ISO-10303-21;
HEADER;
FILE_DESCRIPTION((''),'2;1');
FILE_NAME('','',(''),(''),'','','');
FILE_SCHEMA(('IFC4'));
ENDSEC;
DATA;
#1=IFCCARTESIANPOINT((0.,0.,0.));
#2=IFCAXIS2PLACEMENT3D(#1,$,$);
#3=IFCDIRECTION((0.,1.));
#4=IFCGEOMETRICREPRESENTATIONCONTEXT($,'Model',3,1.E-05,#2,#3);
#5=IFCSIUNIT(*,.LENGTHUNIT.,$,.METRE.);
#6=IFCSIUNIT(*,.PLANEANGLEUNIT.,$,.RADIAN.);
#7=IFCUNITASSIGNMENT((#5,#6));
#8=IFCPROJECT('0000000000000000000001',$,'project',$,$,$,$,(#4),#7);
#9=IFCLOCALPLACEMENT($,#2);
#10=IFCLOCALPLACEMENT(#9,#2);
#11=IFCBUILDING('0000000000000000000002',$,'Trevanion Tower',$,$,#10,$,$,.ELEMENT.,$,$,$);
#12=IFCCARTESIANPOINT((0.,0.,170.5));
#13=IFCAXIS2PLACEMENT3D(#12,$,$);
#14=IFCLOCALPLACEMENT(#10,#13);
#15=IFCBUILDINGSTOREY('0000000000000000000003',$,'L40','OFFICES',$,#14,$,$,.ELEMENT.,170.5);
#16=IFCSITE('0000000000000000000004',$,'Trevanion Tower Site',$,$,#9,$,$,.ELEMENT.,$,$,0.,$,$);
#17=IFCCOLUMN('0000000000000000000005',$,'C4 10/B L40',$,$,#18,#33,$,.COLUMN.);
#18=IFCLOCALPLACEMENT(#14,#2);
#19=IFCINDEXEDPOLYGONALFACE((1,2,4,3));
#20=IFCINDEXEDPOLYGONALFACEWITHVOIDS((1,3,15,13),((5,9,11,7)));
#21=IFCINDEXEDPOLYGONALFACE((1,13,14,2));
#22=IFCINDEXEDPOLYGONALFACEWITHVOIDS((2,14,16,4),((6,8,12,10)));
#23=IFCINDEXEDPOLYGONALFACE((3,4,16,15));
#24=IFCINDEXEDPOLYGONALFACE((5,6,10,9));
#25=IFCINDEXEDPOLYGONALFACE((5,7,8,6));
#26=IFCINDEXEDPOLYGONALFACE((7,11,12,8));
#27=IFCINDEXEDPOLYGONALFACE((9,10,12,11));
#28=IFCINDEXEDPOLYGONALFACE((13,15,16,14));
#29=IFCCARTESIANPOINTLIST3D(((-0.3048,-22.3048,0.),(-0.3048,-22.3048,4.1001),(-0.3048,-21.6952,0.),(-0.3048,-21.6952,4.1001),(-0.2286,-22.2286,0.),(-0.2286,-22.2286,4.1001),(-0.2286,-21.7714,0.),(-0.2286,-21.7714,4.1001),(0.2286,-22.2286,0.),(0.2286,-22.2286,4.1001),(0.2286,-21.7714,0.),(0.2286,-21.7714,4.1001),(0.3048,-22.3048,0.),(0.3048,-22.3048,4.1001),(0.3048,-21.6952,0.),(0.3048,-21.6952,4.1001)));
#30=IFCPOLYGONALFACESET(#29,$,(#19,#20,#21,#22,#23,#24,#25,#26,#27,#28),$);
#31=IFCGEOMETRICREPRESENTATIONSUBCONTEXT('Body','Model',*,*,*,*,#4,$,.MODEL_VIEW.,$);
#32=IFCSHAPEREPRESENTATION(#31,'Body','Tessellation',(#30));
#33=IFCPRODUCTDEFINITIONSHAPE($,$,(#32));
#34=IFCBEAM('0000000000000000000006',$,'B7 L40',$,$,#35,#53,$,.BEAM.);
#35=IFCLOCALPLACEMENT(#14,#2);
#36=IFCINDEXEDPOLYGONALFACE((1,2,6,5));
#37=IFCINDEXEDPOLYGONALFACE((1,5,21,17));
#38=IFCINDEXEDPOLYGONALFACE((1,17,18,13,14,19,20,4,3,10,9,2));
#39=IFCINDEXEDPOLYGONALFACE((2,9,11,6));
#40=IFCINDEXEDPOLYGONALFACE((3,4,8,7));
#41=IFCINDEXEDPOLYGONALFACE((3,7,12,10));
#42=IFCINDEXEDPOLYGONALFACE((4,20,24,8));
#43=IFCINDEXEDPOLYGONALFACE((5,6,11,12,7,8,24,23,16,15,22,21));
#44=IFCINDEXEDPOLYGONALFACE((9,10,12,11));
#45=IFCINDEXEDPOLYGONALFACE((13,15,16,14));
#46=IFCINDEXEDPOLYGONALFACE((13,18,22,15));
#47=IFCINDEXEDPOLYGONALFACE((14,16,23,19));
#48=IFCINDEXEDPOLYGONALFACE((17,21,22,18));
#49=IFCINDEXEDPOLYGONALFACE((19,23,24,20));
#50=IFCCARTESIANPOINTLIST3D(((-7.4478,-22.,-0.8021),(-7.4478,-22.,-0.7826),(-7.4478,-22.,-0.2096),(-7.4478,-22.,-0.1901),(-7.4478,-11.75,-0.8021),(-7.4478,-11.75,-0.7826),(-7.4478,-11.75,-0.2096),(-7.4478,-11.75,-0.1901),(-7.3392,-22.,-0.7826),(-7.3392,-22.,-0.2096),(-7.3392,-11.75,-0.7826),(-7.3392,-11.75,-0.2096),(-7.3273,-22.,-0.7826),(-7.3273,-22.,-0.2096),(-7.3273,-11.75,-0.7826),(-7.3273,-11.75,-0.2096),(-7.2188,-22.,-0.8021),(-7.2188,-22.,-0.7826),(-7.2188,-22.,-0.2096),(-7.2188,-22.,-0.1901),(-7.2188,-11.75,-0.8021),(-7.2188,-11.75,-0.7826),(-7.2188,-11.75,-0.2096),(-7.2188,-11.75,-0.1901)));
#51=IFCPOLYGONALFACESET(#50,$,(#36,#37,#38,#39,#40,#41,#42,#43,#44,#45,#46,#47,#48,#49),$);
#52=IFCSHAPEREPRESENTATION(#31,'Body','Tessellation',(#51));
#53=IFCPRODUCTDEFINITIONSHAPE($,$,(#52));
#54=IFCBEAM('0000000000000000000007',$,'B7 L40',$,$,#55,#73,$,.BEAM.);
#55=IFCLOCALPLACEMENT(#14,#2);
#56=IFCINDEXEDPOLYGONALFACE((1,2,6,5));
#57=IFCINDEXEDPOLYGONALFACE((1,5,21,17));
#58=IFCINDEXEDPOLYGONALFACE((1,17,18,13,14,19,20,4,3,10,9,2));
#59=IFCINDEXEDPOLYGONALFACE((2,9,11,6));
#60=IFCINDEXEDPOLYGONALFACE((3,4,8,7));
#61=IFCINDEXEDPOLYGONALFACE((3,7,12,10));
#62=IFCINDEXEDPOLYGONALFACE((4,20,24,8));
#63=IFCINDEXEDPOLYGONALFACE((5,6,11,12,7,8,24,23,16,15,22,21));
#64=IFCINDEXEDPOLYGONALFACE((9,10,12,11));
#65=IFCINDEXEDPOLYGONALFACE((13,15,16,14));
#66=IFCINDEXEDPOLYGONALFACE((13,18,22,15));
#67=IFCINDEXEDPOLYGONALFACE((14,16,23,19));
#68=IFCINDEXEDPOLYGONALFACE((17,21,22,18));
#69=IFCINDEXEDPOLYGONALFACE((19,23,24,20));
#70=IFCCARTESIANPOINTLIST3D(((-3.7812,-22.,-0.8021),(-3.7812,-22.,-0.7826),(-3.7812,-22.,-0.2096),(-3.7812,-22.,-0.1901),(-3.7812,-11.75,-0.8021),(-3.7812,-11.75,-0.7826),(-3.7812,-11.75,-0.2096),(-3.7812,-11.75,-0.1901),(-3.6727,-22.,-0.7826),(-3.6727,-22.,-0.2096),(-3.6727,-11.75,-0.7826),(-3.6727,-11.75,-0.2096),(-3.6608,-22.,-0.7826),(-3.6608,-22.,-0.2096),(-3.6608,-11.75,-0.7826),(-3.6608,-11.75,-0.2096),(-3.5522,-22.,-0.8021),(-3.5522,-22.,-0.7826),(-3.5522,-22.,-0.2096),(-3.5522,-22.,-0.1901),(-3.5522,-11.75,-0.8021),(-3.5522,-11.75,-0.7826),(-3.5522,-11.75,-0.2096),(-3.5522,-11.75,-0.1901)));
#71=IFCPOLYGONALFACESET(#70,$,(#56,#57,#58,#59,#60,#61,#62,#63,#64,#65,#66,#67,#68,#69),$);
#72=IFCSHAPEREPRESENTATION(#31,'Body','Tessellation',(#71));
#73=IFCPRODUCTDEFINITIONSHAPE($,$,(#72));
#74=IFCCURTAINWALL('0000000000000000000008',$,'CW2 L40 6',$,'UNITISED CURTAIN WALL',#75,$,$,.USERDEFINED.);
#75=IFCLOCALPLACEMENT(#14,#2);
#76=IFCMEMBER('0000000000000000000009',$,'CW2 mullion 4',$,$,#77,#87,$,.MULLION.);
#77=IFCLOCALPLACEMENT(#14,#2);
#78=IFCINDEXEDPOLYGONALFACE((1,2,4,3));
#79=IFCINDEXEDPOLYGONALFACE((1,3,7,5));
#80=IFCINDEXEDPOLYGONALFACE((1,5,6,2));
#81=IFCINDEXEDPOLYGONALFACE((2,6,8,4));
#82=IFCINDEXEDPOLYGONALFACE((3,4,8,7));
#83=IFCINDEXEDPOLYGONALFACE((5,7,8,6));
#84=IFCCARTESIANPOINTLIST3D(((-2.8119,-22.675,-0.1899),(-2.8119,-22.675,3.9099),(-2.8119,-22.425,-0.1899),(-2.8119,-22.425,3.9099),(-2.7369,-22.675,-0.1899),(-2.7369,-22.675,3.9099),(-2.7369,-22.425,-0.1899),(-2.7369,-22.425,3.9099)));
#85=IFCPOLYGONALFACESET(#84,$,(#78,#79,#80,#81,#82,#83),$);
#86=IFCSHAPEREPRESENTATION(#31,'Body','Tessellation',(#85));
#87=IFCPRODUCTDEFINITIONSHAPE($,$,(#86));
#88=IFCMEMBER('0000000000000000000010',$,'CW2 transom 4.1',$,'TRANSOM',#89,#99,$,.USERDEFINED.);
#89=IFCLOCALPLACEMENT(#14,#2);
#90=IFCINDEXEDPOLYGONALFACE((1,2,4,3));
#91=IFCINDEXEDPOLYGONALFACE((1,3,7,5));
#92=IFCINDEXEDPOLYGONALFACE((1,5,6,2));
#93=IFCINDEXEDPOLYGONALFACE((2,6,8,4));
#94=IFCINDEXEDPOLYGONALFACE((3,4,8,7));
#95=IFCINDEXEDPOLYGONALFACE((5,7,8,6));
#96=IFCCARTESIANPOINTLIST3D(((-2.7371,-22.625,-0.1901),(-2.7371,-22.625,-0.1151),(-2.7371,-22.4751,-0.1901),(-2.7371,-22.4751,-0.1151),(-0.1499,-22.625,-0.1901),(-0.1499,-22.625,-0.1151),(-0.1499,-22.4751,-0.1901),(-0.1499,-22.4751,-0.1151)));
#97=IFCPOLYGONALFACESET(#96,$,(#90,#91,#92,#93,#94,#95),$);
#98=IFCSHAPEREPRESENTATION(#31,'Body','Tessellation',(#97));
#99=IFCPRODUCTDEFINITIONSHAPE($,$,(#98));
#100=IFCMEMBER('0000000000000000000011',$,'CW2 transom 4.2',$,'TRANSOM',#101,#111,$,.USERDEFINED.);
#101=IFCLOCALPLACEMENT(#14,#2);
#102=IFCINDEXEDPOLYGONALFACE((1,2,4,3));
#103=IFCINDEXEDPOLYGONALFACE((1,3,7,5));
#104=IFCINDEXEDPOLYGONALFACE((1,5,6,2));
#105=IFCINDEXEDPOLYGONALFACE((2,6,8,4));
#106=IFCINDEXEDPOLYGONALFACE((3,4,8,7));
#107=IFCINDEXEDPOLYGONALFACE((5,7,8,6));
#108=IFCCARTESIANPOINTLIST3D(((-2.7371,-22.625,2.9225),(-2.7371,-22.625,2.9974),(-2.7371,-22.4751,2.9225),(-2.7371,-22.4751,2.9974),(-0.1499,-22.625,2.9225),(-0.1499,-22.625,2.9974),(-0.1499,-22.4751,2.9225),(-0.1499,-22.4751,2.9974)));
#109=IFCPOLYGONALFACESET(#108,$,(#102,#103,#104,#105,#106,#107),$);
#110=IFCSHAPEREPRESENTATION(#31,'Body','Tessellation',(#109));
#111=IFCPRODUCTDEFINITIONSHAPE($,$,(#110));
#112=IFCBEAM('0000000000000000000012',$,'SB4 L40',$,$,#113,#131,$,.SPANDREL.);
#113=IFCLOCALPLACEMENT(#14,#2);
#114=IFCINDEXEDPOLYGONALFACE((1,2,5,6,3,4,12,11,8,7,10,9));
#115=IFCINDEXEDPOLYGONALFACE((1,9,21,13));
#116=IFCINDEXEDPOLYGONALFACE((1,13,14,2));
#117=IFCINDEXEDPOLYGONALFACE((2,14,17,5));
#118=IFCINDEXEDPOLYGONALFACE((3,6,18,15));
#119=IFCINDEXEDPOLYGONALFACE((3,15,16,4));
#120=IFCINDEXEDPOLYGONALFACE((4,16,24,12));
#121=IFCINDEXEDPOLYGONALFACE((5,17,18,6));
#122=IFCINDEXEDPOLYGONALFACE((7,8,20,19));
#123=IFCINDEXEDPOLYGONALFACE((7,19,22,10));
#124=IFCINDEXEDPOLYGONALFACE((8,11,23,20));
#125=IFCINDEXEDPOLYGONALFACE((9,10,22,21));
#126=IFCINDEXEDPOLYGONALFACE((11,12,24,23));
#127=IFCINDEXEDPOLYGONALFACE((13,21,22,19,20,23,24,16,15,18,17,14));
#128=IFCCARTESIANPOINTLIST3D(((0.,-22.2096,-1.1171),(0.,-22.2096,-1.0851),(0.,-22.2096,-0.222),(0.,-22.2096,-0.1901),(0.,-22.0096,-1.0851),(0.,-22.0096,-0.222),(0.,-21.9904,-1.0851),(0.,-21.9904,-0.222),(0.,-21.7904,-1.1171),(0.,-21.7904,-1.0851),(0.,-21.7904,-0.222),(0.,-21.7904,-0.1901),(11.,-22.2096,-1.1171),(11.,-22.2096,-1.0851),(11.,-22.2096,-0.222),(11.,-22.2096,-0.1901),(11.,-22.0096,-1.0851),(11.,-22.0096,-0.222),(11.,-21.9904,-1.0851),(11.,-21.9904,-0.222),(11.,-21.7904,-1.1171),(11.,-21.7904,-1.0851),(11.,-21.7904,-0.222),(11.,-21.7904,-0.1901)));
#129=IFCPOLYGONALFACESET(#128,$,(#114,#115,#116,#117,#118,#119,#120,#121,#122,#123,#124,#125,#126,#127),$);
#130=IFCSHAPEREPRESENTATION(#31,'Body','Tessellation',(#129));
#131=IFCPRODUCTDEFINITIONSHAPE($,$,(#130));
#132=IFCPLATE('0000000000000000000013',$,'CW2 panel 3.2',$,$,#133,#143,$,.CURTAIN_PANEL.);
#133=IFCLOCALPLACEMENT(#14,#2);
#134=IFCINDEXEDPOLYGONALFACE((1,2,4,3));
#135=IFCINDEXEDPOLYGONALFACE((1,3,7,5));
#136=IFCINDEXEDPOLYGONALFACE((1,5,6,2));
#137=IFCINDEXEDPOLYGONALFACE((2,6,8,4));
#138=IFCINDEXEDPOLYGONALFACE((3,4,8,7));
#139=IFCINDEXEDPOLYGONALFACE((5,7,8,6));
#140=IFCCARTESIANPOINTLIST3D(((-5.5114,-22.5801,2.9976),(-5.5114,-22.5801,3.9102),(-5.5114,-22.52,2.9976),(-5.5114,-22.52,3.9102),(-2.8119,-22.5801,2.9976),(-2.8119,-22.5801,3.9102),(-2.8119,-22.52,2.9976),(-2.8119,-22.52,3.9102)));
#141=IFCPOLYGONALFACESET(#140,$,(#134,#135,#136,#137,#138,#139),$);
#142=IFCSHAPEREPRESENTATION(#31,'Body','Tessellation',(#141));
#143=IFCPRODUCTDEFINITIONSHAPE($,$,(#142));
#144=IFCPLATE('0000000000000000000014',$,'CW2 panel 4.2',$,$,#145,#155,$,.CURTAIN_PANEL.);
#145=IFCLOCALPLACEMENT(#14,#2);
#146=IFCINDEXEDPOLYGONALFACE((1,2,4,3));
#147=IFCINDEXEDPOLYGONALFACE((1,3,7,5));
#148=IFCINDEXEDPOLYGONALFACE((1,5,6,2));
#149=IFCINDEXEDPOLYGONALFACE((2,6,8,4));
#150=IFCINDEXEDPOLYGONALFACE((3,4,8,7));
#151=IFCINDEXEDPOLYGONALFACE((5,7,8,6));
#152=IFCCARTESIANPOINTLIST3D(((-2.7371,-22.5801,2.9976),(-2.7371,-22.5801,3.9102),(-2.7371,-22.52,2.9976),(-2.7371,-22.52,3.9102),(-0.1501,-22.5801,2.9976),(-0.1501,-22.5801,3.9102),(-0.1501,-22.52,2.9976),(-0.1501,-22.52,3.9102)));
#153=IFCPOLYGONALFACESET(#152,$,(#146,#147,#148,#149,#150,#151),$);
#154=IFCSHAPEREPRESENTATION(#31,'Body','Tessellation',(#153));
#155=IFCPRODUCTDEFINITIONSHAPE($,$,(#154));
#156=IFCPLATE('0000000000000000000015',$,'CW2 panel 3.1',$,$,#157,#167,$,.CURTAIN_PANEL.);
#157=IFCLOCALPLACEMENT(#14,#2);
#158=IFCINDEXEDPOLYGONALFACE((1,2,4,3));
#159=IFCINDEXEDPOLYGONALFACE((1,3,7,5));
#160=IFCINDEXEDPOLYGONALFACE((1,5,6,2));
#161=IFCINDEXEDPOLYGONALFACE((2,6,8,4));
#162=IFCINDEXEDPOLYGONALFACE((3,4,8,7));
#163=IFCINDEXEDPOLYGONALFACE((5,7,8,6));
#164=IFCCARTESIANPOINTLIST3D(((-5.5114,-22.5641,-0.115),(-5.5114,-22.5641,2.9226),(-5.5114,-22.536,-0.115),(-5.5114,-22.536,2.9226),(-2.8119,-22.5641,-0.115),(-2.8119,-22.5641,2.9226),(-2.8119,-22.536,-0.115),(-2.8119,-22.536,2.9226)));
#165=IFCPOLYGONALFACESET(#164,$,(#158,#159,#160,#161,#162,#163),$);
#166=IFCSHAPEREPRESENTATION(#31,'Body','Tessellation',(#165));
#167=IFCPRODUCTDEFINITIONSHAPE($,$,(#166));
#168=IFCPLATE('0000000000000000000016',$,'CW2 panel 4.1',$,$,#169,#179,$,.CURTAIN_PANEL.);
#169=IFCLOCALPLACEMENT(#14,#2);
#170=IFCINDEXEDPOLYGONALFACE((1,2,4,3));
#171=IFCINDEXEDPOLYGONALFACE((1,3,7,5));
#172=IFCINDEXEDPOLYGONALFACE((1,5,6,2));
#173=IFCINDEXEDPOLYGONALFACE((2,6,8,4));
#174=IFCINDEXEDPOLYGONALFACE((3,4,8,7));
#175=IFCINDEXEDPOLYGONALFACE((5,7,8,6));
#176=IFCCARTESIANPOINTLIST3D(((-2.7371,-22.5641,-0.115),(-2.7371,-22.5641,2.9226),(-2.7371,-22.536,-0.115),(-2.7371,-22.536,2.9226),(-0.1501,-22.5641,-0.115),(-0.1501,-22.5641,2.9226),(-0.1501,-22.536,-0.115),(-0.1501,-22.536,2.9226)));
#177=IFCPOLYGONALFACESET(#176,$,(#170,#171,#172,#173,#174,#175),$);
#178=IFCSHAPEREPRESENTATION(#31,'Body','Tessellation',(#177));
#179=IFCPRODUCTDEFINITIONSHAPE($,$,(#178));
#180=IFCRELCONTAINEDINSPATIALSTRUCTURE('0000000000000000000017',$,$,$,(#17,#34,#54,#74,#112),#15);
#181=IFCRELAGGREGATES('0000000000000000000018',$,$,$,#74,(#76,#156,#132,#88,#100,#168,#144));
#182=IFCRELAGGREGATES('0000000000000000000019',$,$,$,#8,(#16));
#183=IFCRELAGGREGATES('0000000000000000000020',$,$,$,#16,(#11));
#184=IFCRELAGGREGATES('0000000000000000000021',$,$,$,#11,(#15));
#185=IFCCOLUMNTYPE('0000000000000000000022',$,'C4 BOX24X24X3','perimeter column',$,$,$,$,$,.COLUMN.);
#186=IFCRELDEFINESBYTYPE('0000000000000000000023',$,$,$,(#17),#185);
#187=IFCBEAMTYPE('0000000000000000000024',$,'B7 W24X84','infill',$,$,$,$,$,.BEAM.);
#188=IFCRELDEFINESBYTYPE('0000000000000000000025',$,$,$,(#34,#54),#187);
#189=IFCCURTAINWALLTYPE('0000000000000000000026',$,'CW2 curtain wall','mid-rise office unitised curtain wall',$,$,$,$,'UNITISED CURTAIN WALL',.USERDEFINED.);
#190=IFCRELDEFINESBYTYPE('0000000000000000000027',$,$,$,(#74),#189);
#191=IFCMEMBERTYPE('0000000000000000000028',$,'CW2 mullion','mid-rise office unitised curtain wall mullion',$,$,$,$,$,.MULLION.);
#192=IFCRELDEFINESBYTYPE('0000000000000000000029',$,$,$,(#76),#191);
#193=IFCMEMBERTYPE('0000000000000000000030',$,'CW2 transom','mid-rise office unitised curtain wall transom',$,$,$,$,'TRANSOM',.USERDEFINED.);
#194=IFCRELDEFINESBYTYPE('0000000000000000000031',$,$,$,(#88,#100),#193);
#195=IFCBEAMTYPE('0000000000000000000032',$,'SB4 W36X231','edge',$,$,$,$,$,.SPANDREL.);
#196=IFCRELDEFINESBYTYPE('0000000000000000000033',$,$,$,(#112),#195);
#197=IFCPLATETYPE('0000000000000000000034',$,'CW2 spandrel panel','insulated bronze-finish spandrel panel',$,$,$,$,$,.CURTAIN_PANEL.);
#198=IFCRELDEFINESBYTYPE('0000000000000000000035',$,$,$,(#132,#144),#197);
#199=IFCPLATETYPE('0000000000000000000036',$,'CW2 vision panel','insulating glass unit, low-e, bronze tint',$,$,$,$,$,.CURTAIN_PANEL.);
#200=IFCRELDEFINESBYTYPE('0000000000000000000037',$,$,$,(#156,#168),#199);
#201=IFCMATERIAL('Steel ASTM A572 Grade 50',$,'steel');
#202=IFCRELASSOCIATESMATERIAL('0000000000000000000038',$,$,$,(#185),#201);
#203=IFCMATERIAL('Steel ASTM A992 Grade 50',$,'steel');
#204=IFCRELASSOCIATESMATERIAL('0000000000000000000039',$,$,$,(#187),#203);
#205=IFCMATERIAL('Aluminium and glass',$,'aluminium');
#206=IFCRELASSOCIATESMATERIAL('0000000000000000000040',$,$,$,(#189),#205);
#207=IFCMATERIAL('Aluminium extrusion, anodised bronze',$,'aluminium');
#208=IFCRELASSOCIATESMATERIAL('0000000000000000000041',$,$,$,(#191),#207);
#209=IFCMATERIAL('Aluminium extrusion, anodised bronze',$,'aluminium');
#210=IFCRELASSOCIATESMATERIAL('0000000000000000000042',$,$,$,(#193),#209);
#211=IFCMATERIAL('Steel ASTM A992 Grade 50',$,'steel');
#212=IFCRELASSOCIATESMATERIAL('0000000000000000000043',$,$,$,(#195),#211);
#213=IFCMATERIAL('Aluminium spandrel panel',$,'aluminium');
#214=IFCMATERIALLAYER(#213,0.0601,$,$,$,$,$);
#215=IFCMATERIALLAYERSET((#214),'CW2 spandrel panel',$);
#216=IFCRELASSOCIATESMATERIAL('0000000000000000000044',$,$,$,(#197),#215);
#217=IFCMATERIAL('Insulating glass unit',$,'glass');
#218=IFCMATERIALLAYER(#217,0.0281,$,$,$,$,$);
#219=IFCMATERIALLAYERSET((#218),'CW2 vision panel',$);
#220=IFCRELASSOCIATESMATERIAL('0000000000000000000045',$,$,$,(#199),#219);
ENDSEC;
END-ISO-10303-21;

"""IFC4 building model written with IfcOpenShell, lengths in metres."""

from ifc_helpers import new_model, si_unit, direction, frame, origin, origin_2d, place, context, subcontext, project, spatial, rectangle, hollow_rectangle, i_section, extrude, material, layer, layer_set, material_profile, profile_set, type_object, element, aggregate, save


model = new_model("IFC4")

# Units and contexts
model_context = context("Model", 3, precision=1e-05, world=origin(), true_north=direction((0.0, 1.0)))
body_context = subcontext(model_context, "Body", "Model", "MODEL_VIEW")
ifc_project = project(units=[si_unit("LENGTHUNIT", "METRE"), si_unit("PLANEANGLEUNIT", "RADIAN")], contexts=[model_context])

# Site, building, storey
site_placement = place(None, origin())
site = spatial("IfcSite", under=ifc_project, at=site_placement, Name="Trevanion Tower Site", CompositionType="ELEMENT", RefElevation=0.0)
building_placement = place(site_placement, origin())
building = spatial("IfcBuilding", under=site, at=building_placement, Name="Trevanion Tower", CompositionType="ELEMENT")
storey_placement = place(building_placement, frame((0.0, 0.0, 170.5)))
storey = spatial("IfcBuildingStorey", under=building, at=storey_placement, Name="L40", Description="OFFICES", CompositionType="ELEMENT", Elevation=170.5)

# Column
ifc_material_1 = material(Name="Steel ASTM A572 Grade 50", Category="steel")
ifc_material_profile_1 = material_profile(ifc_material_1, hollow_rectangle(XDim=0.6096, YDim=0.6096, WallThickness=0.0762, at=origin_2d()), Name="BOX24X24X3")
ifc_profile_set_1 = profile_set([ifc_material_profile_1], Name="Steel ASTM A572 Grade 50")
column_type = type_object("IfcColumnType", Name="C4 BOX24X24X3", Description="perimeter column", PredefinedType="COLUMN", material=ifc_profile_set_1)
column_placement = place(storey_placement, frame((0.0, -22.0, 0.0), z_axis=(0.0, 0.0, 1.0), x_axis=(1.0, 0.0, 0.0)))
element("IfcColumn", 1, at=column_placement, inside=storey, type_object=column_type, Name="C4 10/B L40", PredefinedType="COLUMN", context=body_context, shape_type="SweptSolid", body=[
    extrude(hollow_rectangle(XDim=0.6096, YDim=0.6096, WallThickness=0.0762, at=origin_2d()), origin(), (0.0, 0.0, 1.0), 4.1001),
])

# Beams
ifc_material_2 = material(Name="Steel ASTM A992 Grade 50", Category="steel")
ifc_material_profile_2 = material_profile(ifc_material_2, i_section(OverallWidth=0.229, OverallDepth=0.6121, WebThickness=0.012, FlangeThickness=0.0195, at=origin_2d()), Name="W24X84")
ifc_profile_set_2 = profile_set([ifc_material_profile_2], Name="Steel ASTM A992 Grade 50")
beam_type_1 = type_object("IfcBeamType", Name="B7 W24X84", Description="infill", PredefinedType="BEAM", material=ifc_profile_set_2)
for number, where, z_axis, x_axis, name in (
    (2, (-7.3333, -11.75, -0.4961), (0.0, -1.0, 0.0), (1.0, 0.0, 0.0), "B7 L40"),
    (3, (-3.6667, -11.75, -0.4961), (0.0, -1.0, 0.0), (1.0, 0.0, 0.0), "B7 L40"),
):
    element("IfcBeam", number, at=place(storey_placement, frame(where, z_axis=z_axis, x_axis=x_axis)), inside=storey, type_object=beam_type_1, Name=name, PredefinedType="BEAM", context=body_context, shape_type="SweptSolid", body=[
        extrude(i_section(OverallWidth=0.229, OverallDepth=0.6121, WebThickness=0.012, FlangeThickness=0.0195, at=origin_2d()), origin(), (0.0, 0.0, 1.0), 10.25),
    ])

# Curtain wall, members
ifc_material_3 = material(Name="Aluminium and glass", Category="aluminium")
curtain_wall_type = type_object("IfcCurtainWallType", Name="CW2 curtain wall", Description="mid-rise office unitised curtain wall", ElementType="UNITISED CURTAIN WALL", PredefinedType="USERDEFINED", material=ifc_material_3)
curtain_wall_placement = place(storey_placement, origin())
curtain_wall = element("IfcCurtainWall", 4, at=curtain_wall_placement, inside=storey, type_object=curtain_wall_type, Name="CW2 L40 6", ObjectType="UNITISED CURTAIN WALL", PredefinedType="USERDEFINED")
ifc_material_4 = material(Name="Aluminium extrusion, anodised bronze", Category="aluminium")
ifc_material_profile_3 = material_profile(ifc_material_4, rectangle(XDim=0.075, YDim=0.25, at=origin_2d()), Name="CW2 mullion")
ifc_profile_set_3 = profile_set([ifc_material_profile_3], Name="Aluminium extrusion, anodised bronze")
member_type_1 = type_object("IfcMemberType", Name="CW2 mullion", Description="mid-rise office unitised curtain wall mullion", PredefinedType="MULLION", material=ifc_profile_set_3)
member_1_placement = place(storey_placement, frame((-2.7744, -22.55, -0.1899), z_axis=(0.0, 0.0, 1.0), x_axis=(1.0, 0.0, 0.0)))
member_1 = element("IfcMember", 5, at=member_1_placement, type_object=member_type_1, Name="CW2 mullion 4", PredefinedType="MULLION", context=body_context, shape_type="SweptSolid", body=[
    extrude(rectangle(XDim=0.075, YDim=0.25, at=origin_2d()), origin(), (0.0, 0.0, 1.0), 4.0999),
])
ifc_material_5 = material(Name="Aluminium extrusion, anodised bronze", Category="aluminium")
ifc_material_profile_4 = material_profile(ifc_material_5, rectangle(XDim=0.1499, YDim=0.075, at=origin_2d()), Name="CW2 transom")
ifc_profile_set_4 = profile_set([ifc_material_profile_4], Name="Aluminium extrusion, anodised bronze")
member_type_2 = type_object("IfcMemberType", Name="CW2 transom", Description="mid-rise office unitised curtain wall transom", ElementType="TRANSOM", PredefinedType="USERDEFINED", material=ifc_profile_set_4)
member_2_placement = place(storey_placement, frame((-2.7371, -22.55, -0.1526), z_axis=(1.0, 0.0, 0.0), x_axis=(0.0, 1.0, 0.0)))
member_2 = element("IfcMember", 6, at=member_2_placement, type_object=member_type_2, Name="CW2 transom 4.1", ObjectType="TRANSOM", PredefinedType="USERDEFINED", context=body_context, shape_type="SweptSolid", body=[
    extrude(rectangle(XDim=0.1499, YDim=0.075, at=origin_2d()), origin(), (0.0, 0.0, 1.0), 2.5872),
])
member_3_placement = place(storey_placement, frame((-2.7371, -22.55, 2.96), z_axis=(1.0, 0.0, 0.0), x_axis=(0.0, 1.0, 0.0)))
member_3 = element("IfcMember", 7, at=member_3_placement, type_object=member_type_2, Name="CW2 transom 4.2", ObjectType="TRANSOM", PredefinedType="USERDEFINED", context=body_context, shape_type="SweptSolid", body=[
    extrude(rectangle(XDim=0.1499, YDim=0.075, at=origin_2d()), origin(), (0.0, 0.0, 1.0), 2.5872),
])

# Beam
ifc_material_6 = material(Name="Steel ASTM A992 Grade 50", Category="steel")
ifc_material_profile_5 = material_profile(ifc_material_6, i_section(OverallWidth=0.4192, OverallDepth=0.927, WebThickness=0.0193, FlangeThickness=0.032, at=origin_2d()), Name="W36X231")
ifc_profile_set_5 = profile_set([ifc_material_profile_5], Name="Steel ASTM A992 Grade 50")
beam_type_2 = type_object("IfcBeamType", Name="SB4 W36X231", Description="edge", PredefinedType="SPANDREL", material=ifc_profile_set_5)
beam_placement = place(storey_placement, frame((0.0, -22.0, -0.6536), z_axis=(1.0, 0.0, 0.0), x_axis=(0.0, 1.0, 0.0)))
element("IfcBeam", 8, at=beam_placement, inside=storey, type_object=beam_type_2, Name="SB4 L40", PredefinedType="SPANDREL", context=body_context, shape_type="SweptSolid", body=[
    extrude(i_section(OverallWidth=0.4192, OverallDepth=0.927, WebThickness=0.0193, FlangeThickness=0.032, at=origin_2d()), origin(), (0.0, 0.0, 1.0), 11.0),
])

# Plates
ifc_material_7 = material(Name="Aluminium spandrel panel", Category="aluminium")
ifc_layer_1 = layer(ifc_material_7, 0.0601)
ifc_layer_set_1 = layer_set([ifc_layer_1], Name="CW2 spandrel panel")
plate_type_1 = type_object("IfcPlateType", Name="CW2 spandrel panel", Description="insulated bronze-finish spandrel panel", PredefinedType="CURTAIN_PANEL", material=ifc_layer_set_1)
plate_1_placement = place(storey_placement, frame((-4.1616, -22.55, 2.9976), z_axis=(0.0, 0.0, 1.0), x_axis=(1.0, 0.0, 0.0)))
plate_1 = element("IfcPlate", 9, at=plate_1_placement, type_object=plate_type_1, Name="CW2 panel 3.2", PredefinedType="CURTAIN_PANEL", context=body_context, shape_type="SweptSolid", body=[
    extrude(rectangle(XDim=2.6995, YDim=0.0601, at=origin_2d()), origin(), (0.0, 0.0, 1.0), 0.9126),
])
plate_2_placement = place(storey_placement, frame((-1.4436, -22.55, 2.9976), z_axis=(0.0, 0.0, 1.0), x_axis=(1.0, 0.0, 0.0)))
plate_2 = element("IfcPlate", 10, at=plate_2_placement, type_object=plate_type_1, Name="CW2 panel 4.2", PredefinedType="CURTAIN_PANEL", context=body_context, shape_type="SweptSolid", body=[
    extrude(rectangle(XDim=2.5869, YDim=0.0601, at=origin_2d()), origin(), (0.0, 0.0, 1.0), 0.9126),
])
ifc_material_8 = material(Name="Insulating glass unit", Category="glass")
ifc_layer_2 = layer(ifc_material_8, 0.0281)
ifc_layer_set_2 = layer_set([ifc_layer_2], Name="CW2 vision panel")
plate_type_2 = type_object("IfcPlateType", Name="CW2 vision panel", Description="insulating glass unit, low-e, bronze tint", PredefinedType="CURTAIN_PANEL", material=ifc_layer_set_2)
plate_3_placement = place(storey_placement, frame((-4.1616, -22.55, -0.115), z_axis=(0.0, 0.0, 1.0), x_axis=(1.0, 0.0, 0.0)))
plate_3 = element("IfcPlate", 11, at=plate_3_placement, type_object=plate_type_2, Name="CW2 panel 3.1", PredefinedType="CURTAIN_PANEL", context=body_context, shape_type="SweptSolid", body=[
    extrude(rectangle(XDim=2.6995, YDim=0.0281, at=origin_2d()), origin(), (0.0, 0.0, 1.0), 3.0376),
])
plate_4_placement = place(storey_placement, frame((-1.4436, -22.55, -0.115), z_axis=(0.0, 0.0, 1.0), x_axis=(1.0, 0.0, 0.0)))
plate_4 = element("IfcPlate", 12, at=plate_4_placement, type_object=plate_type_2, Name="CW2 panel 4.1", PredefinedType="CURTAIN_PANEL", context=body_context, shape_type="SweptSolid", body=[
    extrude(rectangle(XDim=2.5869, YDim=0.0281, at=origin_2d()), origin(), (0.0, 0.0, 1.0), 3.0376),
])
aggregate(curtain_wall, [member_1, plate_3, plate_1, member_2, member_3, plate_4, plate_2])

save(model, "model.ifc")
